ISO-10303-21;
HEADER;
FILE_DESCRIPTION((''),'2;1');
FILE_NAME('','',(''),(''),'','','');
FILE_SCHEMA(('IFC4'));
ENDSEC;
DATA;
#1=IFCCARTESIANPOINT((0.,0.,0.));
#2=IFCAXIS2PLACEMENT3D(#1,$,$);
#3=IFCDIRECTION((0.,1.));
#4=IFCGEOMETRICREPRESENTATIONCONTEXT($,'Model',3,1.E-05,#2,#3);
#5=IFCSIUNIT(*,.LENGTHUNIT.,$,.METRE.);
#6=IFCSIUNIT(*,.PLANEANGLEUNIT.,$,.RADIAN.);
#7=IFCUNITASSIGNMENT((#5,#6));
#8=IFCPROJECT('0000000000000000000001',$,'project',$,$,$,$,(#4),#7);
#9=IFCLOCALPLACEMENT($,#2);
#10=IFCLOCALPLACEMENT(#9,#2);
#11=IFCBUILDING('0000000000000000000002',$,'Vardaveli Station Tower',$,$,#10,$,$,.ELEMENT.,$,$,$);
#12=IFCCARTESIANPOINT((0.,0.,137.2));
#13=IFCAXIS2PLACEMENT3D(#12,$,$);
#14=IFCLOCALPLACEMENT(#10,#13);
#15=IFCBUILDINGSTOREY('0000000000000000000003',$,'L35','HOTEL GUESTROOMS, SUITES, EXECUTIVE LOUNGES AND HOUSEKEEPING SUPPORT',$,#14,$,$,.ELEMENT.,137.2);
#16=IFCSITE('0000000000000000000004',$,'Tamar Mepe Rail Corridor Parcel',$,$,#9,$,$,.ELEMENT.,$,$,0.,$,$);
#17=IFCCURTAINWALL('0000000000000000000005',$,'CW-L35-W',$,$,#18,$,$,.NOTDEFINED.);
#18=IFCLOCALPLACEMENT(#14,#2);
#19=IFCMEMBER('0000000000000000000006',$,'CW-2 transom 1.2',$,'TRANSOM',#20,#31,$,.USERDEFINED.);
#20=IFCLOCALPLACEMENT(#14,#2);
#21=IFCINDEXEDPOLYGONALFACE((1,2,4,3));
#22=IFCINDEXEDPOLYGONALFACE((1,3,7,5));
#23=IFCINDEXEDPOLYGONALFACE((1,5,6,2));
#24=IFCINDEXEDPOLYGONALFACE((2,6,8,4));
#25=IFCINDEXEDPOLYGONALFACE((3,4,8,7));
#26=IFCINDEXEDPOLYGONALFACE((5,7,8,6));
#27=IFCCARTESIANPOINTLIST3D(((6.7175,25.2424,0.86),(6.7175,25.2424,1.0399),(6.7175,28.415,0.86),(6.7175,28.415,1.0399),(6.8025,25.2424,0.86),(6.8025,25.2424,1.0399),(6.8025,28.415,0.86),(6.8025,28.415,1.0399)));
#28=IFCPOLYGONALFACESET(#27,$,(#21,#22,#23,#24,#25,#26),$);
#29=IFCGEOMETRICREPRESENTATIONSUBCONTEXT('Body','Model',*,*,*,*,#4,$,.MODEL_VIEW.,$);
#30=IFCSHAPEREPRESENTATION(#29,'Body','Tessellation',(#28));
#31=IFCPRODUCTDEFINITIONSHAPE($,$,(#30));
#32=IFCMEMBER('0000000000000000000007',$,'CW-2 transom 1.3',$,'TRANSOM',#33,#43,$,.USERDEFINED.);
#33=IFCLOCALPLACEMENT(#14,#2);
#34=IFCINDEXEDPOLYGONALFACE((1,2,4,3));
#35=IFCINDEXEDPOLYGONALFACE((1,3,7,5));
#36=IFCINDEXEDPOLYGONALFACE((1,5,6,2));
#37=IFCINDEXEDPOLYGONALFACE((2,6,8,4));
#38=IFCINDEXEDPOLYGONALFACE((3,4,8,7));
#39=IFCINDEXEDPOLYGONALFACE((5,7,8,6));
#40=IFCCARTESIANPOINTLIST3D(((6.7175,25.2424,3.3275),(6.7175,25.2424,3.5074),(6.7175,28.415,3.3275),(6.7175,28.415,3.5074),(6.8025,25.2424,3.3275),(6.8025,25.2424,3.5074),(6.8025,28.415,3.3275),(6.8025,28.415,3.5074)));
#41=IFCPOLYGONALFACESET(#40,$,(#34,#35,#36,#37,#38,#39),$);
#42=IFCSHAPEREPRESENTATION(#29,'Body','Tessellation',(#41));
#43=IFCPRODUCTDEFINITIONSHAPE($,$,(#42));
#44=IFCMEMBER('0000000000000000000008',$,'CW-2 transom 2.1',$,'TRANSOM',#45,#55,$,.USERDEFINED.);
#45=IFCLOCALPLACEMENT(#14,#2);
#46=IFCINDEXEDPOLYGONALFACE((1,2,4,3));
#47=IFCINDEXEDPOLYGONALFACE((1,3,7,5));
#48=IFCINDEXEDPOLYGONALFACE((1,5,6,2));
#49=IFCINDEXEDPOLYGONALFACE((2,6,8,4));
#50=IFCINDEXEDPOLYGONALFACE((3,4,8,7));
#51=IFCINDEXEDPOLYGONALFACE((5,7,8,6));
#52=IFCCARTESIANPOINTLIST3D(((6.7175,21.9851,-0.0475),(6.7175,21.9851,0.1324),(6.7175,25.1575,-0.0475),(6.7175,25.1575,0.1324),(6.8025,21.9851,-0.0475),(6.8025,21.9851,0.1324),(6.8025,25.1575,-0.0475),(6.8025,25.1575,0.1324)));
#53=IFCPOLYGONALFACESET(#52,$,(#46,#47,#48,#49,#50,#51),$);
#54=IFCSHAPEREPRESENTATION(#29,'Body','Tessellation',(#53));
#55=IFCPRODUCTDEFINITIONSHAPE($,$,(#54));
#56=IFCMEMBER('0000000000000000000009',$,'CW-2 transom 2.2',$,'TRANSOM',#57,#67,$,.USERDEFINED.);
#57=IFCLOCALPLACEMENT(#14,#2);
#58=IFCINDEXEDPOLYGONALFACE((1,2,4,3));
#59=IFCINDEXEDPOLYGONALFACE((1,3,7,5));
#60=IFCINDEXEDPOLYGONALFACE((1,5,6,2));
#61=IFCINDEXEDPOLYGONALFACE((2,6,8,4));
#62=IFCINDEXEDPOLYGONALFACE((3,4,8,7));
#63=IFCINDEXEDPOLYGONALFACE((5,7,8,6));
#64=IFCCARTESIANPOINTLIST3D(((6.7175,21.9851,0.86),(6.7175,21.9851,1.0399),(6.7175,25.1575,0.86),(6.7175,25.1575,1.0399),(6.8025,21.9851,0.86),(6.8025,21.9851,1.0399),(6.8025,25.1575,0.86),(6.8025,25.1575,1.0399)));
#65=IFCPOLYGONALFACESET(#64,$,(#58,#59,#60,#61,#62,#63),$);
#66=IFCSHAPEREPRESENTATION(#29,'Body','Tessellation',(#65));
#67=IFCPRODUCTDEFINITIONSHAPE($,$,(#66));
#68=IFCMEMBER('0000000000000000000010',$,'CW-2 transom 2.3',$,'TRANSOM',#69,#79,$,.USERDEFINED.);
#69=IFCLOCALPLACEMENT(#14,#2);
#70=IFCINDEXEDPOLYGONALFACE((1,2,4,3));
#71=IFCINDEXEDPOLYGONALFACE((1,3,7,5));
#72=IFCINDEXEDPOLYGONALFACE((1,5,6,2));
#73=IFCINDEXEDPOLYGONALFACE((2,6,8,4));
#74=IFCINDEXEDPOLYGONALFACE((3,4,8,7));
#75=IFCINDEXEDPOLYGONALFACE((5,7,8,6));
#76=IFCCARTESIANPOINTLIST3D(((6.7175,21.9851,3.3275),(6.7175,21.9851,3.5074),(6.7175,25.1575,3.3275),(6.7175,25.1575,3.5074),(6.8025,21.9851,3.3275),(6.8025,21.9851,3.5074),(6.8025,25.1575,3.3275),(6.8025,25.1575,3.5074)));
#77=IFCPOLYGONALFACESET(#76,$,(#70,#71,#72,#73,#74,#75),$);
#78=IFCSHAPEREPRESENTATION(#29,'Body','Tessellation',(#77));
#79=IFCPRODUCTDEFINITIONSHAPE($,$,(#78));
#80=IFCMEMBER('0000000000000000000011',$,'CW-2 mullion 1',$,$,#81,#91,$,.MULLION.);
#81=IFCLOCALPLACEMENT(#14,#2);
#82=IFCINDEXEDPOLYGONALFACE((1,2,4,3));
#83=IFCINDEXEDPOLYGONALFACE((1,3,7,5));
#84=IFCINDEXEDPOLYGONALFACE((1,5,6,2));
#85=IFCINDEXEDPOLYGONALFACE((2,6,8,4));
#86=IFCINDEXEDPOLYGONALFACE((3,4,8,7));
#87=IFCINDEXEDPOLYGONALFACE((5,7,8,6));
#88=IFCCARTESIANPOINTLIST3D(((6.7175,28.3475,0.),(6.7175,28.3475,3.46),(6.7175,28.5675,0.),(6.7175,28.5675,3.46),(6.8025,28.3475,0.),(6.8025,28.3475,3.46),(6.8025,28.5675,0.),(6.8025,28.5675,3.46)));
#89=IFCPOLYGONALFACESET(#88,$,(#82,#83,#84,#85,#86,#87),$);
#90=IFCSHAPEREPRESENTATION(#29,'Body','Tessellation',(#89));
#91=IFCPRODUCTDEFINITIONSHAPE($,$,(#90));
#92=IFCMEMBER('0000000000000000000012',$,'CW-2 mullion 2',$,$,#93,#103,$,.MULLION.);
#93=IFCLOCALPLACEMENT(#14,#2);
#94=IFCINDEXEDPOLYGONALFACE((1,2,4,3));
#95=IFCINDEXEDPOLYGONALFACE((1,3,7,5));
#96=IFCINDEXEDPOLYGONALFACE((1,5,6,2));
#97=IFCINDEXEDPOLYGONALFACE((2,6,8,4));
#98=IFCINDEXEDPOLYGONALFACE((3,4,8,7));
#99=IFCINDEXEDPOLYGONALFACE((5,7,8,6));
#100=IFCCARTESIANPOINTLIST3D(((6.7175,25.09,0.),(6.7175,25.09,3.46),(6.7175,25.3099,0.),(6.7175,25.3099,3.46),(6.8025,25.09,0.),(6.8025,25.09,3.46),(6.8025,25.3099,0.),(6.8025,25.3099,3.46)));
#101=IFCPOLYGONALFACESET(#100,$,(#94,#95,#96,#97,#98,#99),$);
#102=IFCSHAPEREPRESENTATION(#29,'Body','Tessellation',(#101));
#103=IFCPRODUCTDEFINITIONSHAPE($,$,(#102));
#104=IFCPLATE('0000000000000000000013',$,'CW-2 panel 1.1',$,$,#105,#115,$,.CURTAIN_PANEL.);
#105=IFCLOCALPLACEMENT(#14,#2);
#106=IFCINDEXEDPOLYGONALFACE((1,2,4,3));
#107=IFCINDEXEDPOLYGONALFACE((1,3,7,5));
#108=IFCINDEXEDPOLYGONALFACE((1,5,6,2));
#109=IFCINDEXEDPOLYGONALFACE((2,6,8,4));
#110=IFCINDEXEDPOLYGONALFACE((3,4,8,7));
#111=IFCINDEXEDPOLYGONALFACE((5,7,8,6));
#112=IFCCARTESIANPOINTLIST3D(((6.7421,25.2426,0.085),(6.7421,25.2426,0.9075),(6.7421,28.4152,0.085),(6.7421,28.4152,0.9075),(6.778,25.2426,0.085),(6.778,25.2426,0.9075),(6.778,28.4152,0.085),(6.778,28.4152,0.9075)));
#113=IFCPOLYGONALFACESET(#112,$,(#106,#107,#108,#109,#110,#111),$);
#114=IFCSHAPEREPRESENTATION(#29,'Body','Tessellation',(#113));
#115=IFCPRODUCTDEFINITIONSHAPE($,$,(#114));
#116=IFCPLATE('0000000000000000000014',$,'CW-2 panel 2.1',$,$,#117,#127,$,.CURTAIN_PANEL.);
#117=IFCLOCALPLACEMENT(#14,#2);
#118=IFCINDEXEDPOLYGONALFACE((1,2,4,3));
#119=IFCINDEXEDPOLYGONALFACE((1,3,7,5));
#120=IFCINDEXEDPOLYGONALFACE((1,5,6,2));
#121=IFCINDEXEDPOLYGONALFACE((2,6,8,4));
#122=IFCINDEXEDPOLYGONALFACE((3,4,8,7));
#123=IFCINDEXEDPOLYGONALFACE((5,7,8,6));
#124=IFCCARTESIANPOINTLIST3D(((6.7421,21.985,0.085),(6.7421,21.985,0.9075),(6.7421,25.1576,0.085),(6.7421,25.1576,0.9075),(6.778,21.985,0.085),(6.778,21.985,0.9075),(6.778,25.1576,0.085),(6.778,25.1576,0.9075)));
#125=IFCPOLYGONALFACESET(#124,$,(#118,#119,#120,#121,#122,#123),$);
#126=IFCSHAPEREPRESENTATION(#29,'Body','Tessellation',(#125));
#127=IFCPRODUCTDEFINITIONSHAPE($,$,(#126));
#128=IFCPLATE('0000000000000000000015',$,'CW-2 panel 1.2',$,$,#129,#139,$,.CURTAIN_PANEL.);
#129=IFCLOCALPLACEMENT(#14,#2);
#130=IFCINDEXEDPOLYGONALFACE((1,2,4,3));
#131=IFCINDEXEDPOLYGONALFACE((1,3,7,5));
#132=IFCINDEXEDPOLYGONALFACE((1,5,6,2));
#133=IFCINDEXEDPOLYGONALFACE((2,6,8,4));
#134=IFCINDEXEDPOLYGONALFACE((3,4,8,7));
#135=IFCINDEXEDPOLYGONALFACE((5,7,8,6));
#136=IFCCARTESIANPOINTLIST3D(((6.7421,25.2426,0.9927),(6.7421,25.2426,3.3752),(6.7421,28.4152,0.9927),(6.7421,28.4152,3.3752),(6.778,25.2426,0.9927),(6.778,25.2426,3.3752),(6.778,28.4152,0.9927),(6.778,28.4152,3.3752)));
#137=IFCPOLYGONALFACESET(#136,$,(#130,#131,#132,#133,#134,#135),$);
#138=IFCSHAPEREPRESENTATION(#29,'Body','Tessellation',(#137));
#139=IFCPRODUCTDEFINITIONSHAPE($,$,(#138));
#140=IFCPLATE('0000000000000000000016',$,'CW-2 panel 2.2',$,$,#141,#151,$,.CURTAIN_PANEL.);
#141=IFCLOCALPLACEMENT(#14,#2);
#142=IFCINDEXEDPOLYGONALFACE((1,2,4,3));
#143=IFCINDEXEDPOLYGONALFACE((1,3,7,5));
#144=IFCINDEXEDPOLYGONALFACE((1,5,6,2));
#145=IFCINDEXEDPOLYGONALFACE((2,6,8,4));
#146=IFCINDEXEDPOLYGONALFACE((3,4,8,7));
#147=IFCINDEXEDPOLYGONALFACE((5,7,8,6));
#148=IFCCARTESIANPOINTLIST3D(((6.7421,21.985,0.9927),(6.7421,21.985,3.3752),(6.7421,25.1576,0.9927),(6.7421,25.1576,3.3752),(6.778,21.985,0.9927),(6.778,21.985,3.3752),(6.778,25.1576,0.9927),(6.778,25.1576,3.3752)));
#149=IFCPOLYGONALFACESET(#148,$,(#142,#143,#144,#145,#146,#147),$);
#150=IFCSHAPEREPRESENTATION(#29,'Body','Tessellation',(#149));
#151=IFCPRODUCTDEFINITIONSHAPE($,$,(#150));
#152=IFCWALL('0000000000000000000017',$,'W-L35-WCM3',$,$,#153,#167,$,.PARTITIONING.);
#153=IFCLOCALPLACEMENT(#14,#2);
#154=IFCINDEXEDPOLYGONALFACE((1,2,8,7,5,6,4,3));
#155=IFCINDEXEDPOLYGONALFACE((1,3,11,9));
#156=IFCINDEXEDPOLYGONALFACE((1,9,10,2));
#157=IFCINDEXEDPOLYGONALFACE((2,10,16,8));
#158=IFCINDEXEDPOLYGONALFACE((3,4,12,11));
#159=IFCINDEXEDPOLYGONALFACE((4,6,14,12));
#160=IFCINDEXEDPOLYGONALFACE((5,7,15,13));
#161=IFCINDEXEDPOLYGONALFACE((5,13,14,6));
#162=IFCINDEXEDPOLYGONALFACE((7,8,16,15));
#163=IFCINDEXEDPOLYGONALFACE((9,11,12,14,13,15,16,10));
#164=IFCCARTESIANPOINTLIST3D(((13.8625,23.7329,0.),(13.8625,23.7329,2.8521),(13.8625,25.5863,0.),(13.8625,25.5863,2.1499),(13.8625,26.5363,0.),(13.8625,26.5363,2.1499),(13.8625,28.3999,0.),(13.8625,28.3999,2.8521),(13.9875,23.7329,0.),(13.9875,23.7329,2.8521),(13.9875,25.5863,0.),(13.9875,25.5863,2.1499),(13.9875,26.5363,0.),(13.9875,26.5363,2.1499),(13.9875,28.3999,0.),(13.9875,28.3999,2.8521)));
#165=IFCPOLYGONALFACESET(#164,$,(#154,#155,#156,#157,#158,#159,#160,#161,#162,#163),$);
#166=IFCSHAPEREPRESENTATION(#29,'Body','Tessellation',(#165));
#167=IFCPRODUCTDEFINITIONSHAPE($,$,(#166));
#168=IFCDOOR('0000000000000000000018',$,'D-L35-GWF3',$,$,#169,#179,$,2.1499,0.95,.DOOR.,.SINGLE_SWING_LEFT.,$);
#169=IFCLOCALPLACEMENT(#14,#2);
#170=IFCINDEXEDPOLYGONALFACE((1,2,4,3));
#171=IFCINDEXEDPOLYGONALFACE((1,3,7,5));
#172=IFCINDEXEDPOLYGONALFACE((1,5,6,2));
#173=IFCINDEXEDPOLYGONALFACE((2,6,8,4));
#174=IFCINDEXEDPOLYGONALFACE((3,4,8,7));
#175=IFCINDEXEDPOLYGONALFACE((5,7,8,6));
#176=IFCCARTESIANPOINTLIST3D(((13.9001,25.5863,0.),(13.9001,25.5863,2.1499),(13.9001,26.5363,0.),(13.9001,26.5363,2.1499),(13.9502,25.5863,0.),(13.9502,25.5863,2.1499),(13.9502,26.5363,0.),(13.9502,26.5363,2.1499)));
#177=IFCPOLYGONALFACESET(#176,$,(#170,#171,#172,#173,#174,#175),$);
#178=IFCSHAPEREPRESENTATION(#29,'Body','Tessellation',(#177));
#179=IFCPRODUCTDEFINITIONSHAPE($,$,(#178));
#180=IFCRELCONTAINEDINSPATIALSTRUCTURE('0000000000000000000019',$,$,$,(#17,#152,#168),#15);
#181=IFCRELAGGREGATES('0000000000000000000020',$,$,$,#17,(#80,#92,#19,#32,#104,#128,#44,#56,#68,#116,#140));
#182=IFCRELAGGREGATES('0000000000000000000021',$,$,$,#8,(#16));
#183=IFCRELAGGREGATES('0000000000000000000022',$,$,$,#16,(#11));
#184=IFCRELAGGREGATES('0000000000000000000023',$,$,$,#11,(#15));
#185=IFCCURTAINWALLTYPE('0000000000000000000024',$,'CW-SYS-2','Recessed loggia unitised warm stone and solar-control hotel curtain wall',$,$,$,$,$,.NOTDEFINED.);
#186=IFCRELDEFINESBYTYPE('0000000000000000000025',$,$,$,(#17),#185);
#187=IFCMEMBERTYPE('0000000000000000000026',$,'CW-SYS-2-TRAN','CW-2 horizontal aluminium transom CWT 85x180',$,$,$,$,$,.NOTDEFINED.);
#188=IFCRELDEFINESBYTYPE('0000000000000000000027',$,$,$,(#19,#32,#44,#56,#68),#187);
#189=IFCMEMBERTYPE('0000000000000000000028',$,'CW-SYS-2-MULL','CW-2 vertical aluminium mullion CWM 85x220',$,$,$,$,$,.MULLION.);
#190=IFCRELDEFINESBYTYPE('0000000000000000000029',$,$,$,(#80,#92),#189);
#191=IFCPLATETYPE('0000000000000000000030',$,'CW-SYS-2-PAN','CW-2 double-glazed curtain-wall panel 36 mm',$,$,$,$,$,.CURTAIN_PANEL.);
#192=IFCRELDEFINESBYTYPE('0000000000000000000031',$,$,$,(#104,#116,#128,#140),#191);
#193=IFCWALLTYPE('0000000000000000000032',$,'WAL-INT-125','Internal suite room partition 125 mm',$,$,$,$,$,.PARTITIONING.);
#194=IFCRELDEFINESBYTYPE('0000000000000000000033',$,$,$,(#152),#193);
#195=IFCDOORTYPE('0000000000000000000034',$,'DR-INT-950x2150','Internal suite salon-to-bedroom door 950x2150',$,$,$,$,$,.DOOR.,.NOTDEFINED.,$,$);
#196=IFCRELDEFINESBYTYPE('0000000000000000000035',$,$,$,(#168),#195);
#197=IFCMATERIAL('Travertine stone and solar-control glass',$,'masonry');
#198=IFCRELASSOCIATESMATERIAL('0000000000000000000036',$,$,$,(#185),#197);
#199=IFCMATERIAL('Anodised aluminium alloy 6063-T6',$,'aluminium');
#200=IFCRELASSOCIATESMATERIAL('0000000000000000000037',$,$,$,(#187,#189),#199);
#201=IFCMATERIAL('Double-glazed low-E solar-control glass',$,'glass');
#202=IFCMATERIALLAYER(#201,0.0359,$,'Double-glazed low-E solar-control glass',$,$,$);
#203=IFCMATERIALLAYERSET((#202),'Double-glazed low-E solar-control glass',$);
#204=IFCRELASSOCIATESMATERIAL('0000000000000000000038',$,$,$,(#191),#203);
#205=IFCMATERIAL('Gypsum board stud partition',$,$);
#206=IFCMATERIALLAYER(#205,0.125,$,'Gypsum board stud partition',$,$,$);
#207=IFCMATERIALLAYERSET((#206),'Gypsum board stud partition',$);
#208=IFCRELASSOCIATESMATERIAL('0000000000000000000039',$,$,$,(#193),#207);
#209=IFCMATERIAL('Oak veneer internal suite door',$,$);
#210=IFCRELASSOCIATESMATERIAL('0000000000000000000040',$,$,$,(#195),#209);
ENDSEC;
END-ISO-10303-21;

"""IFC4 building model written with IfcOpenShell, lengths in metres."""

from ifc_helpers import new_model, si_unit, direction, frame, frame_2d, origin, origin_2d, place, context, subcontext, project, spatial, rectangle, extrude, source, transform, mapped, material, layer, layer_set, material_profile, profile_set, type_object, element, fill, aggregate, save


model = new_model("IFC4")

# Units and contexts
model_context = context("Model", 3, precision=1e-05, world=origin(), true_north=direction((0.0, 1.0)))
body_context = subcontext(model_context, "Body", "Model", "MODEL_VIEW")
ifc_project = project(units=[si_unit("LENGTHUNIT", "METRE"), si_unit("PLANEANGLEUNIT", "RADIAN")], contexts=[model_context])

# Site, building, storey
site_placement = place(None, origin())
site = spatial("IfcSite", under=ifc_project, at=site_placement, Name="Tamar Mepe Rail Corridor Parcel", CompositionType="ELEMENT", RefElevation=0.0)
building_placement = place(site_placement, origin())
building = spatial("IfcBuilding", under=site, at=building_placement, Name="Vardaveli Station Tower", CompositionType="ELEMENT")
storey_placement = place(building_placement, frame((0.0, 0.0, 137.2)))
storey = spatial("IfcBuildingStorey", under=building, at=storey_placement, Name="L35", Description="HOTEL GUESTROOMS, SUITES, EXECUTIVE LOUNGES AND HOUSEKEEPING SUPPORT", CompositionType="ELEMENT", Elevation=137.2)

# Curtain wall, members, plates
ifc_material_1 = material(Name="Travertine stone and solar-control glass", Category="masonry")
curtain_wall_type = type_object("IfcCurtainWallType", Name="CW-SYS-2", Description="Recessed loggia unitised warm stone and solar-control hotel curtain wall", PredefinedType="NOTDEFINED", material=ifc_material_1)
curtain_wall_placement = place(storey_placement, origin())
curtain_wall = element("IfcCurtainWall", 1, at=curtain_wall_placement, inside=storey, type_object=curtain_wall_type, Name="CW-L35-W", PredefinedType="NOTDEFINED")
ifc_material_2 = material(Name="Anodised aluminium alloy 6063-T6", Category="aluminium")
ifc_material_profile_1 = material_profile(ifc_material_2, rectangle(XDim=0.085, YDim=0.1799, at=origin_2d()), Name="CWT 85x180")
ifc_profile_set_1 = profile_set([ifc_material_profile_1], Name="Anodised aluminium alloy 6063-T6")
member_type_1 = type_object("IfcMemberType", Name="CW-SYS-2-TRAN", Description="CW-2 horizontal aluminium transom CWT 85x180", PredefinedType="NOTDEFINED", material=ifc_profile_set_1)
shared_shape_1 = source(origin(), body_context, "Body", "SweptSolid", [
    extrude(rectangle(XDim=0.085, YDim=0.1799, at=origin_2d()), origin(), (0.0, 0.0, 1.0), 3.1726),
])
member_1_placement = place(storey_placement, frame((6.76, 28.415, 0.95), z_axis=(0.0, -1.0, 0.0), x_axis=(1.0, 0.0, 0.0)))
member_1 = element("IfcMember", 2, at=member_1_placement, type_object=member_type_1, Name="CW-2 transom 1.2", ObjectType="TRANSOM", PredefinedType="USERDEFINED", context=body_context, shape_type="MappedRepresentation", body=[
    mapped(shared_shape_1, transform((0.0, 0.0, 0.0), scale=1.0)),
])
member_2_placement = place(storey_placement, frame((6.76, 28.415, 3.4175), z_axis=(0.0, -1.0, 0.0), x_axis=(1.0, 0.0, 0.0)))
member_2 = element("IfcMember", 3, at=member_2_placement, type_object=member_type_1, Name="CW-2 transom 1.3", ObjectType="TRANSOM", PredefinedType="USERDEFINED", context=body_context, shape_type="MappedRepresentation", body=[
    mapped(shared_shape_1, transform((0.0, 0.0, 0.0), scale=1.0)),
])
shared_shape_2 = source(origin(), body_context, "Body", "SweptSolid", [
    extrude(rectangle(XDim=0.085, YDim=0.1799, at=origin_2d()), origin(), (0.0, 0.0, 1.0), 3.1724),
])
member_3_placement = place(storey_placement, frame((6.76, 25.1575, 0.0425), z_axis=(0.0, -1.0, 0.0), x_axis=(1.0, 0.0, 0.0)))
member_3 = element("IfcMember", 4, at=member_3_placement, type_object=member_type_1, Name="CW-2 transom 2.1", ObjectType="TRANSOM", PredefinedType="USERDEFINED", context=body_context, shape_type="MappedRepresentation", body=[
    mapped(shared_shape_2, transform((0.0, 0.0, 0.0), scale=1.0)),
])
member_4_placement = place(storey_placement, frame((6.76, 25.1575, 0.95), z_axis=(0.0, -1.0, 0.0), x_axis=(1.0, 0.0, 0.0)))
member_4 = element("IfcMember", 5, at=member_4_placement, type_object=member_type_1, Name="CW-2 transom 2.2", ObjectType="TRANSOM", PredefinedType="USERDEFINED", context=body_context, shape_type="MappedRepresentation", body=[
    mapped(shared_shape_2, transform((0.0, 0.0, 0.0), scale=1.0)),
])
member_5_placement = place(storey_placement, frame((6.76, 25.1575, 3.4175), z_axis=(0.0, -1.0, 0.0), x_axis=(1.0, 0.0, 0.0)))
member_5 = element("IfcMember", 6, at=member_5_placement, type_object=member_type_1, Name="CW-2 transom 2.3", ObjectType="TRANSOM", PredefinedType="USERDEFINED", context=body_context, shape_type="MappedRepresentation", body=[
    mapped(shared_shape_2, transform((0.0, 0.0, 0.0), scale=1.0)),
])
ifc_material_profile_2 = material_profile(ifc_material_2, rectangle(XDim=0.085, YDim=0.22, at=origin_2d()), Name="CWM 85x220")
ifc_profile_set_2 = profile_set([ifc_material_profile_2], Name="Anodised aluminium alloy 6063-T6")
member_type_2 = type_object("IfcMemberType", Name="CW-SYS-2-MULL", Description="CW-2 vertical aluminium mullion CWM 85x220", PredefinedType="MULLION", material=ifc_profile_set_2)
shared_shape_3 = source(origin(), body_context, "Body", "SweptSolid", [
    extrude(rectangle(XDim=0.085, YDim=0.22, at=origin_2d()), origin(), (0.0, 0.0, 1.0), 3.46),
])
member_6_placement = place(storey_placement, frame((6.76, 28.4575, 0.0), z_axis=(0.0, 0.0, 1.0), x_axis=(1.0, 0.0, 0.0)))
member_6 = element("IfcMember", 7, at=member_6_placement, type_object=member_type_2, Name="CW-2 mullion 1", PredefinedType="MULLION", context=body_context, shape_type="MappedRepresentation", body=[
    mapped(shared_shape_3, transform((0.0, 0.0, 0.0), scale=1.0)),
])
member_7_placement = place(storey_placement, frame((6.76, 25.2, 0.0), z_axis=(0.0, 0.0, 1.0), x_axis=(1.0, 0.0, 0.0)))
member_7 = element("IfcMember", 8, at=member_7_placement, type_object=member_type_2, Name="CW-2 mullion 2", PredefinedType="MULLION", context=body_context, shape_type="MappedRepresentation", body=[
    mapped(shared_shape_3, transform((0.0, 0.0, 0.0), scale=1.0)),
])
ifc_material_3 = material(Name="Double-glazed low-E solar-control glass", Category="glass")
ifc_layer_1 = layer(ifc_material_3, 0.0359, Name="Double-glazed low-E solar-control glass")
ifc_layer_set_1 = layer_set([ifc_layer_1], Name="Double-glazed low-E solar-control glass")
plate_type = type_object("IfcPlateType", Name="CW-SYS-2-PAN", Description="CW-2 double-glazed curtain-wall panel 36 mm", PredefinedType="CURTAIN_PANEL", material=ifc_layer_set_1)
shared_shape_4 = source(origin(), body_context, "Body", "SweptSolid", [
    extrude(rectangle(XDim=3.1726, YDim=0.0359, at=origin_2d()), origin(), (0.0, 0.0, 1.0), 0.8225),
])
plate_1_placement = place(storey_placement, frame((6.76, 26.8289, 0.085), z_axis=(0.0, 0.0, 1.0), x_axis=(0.0, -1.0, 0.0)))
plate_1 = element("IfcPlate", 9, at=plate_1_placement, type_object=plate_type, Name="CW-2 panel 1.1", PredefinedType="CURTAIN_PANEL", context=body_context, shape_type="MappedRepresentation", body=[
    mapped(shared_shape_4, transform((0.0, 0.0, 0.0), scale=1.0)),
])
plate_2_placement = place(storey_placement, frame((6.76, 23.5713, 0.085), z_axis=(0.0, 0.0, 1.0), x_axis=(0.0, -1.0, 0.0)))
plate_2 = element("IfcPlate", 10, at=plate_2_placement, type_object=plate_type, Name="CW-2 panel 2.1", PredefinedType="CURTAIN_PANEL", context=body_context, shape_type="MappedRepresentation", body=[
    mapped(shared_shape_4, transform((0.0, 0.0, 0.0), scale=1.0)),
])
shared_shape_5 = source(origin(), body_context, "Body", "SweptSolid", [
    extrude(rectangle(XDim=3.1726, YDim=0.0359, at=origin_2d()), origin(), (0.0, 0.0, 1.0), 2.3826),
])
plate_3_placement = place(storey_placement, frame((6.76, 26.8289, 0.9927), z_axis=(0.0, 0.0, 1.0), x_axis=(0.0, -1.0, 0.0)))
plate_3 = element("IfcPlate", 11, at=plate_3_placement, type_object=plate_type, Name="CW-2 panel 1.2", PredefinedType="CURTAIN_PANEL", context=body_context, shape_type="MappedRepresentation", body=[
    mapped(shared_shape_5, transform((0.0, 0.0, 0.0), scale=1.0)),
])
plate_4_placement = place(storey_placement, frame((6.76, 23.5713, 0.9927), z_axis=(0.0, 0.0, 1.0), x_axis=(0.0, -1.0, 0.0)))
plate_4 = element("IfcPlate", 12, at=plate_4_placement, type_object=plate_type, Name="CW-2 panel 2.2", PredefinedType="CURTAIN_PANEL", context=body_context, shape_type="MappedRepresentation", body=[
    mapped(shared_shape_5, transform((0.0, 0.0, 0.0), scale=1.0)),
])
aggregate(curtain_wall, [member_6, member_7, member_1, member_2, plate_1, plate_3, member_3, member_4, member_5, plate_2, plate_4])

# Wall, opening, door
ifc_material_4 = material(Name="Gypsum board stud partition")
ifc_layer_2 = layer(ifc_material_4, 0.125, Name="Gypsum board stud partition")
ifc_layer_set_2 = layer_set([ifc_layer_2], Name="Gypsum board stud partition")
wall_type_1 = type_object("IfcWallType", Name="WAL-INT-125", Description="Internal suite room partition 125 mm", PredefinedType="PARTITIONING", material=ifc_layer_set_2)
shared_shape_6 = source(origin(), body_context, "Body", "SweptSolid", [
    extrude(rectangle(XDim=4.667, YDim=0.125, at=frame_2d((2.3335, 0.0))), origin(), (0.0, 0.0, 1.0), 2.8521),
])
wall_1_placement = place(storey_placement, frame((13.925, 23.7329, 0.0), z_axis=(0.0, 0.0, 1.0), x_axis=(0.0, 1.0, 0.0)))
wall_1 = element("IfcWall", 13, at=wall_1_placement, inside=storey, type_object=wall_type_1, Name="W-L35-WCM3", PredefinedType="PARTITIONING", context=body_context, shape_type="MappedRepresentation", body=[
    mapped(shared_shape_6, transform((0.0, 0.0, 0.0), scale=1.0)),
])
shared_shape_7 = source(origin(), body_context, "Body", "SweptSolid", [
    extrude(rectangle(XDim=0.95, YDim=2.1499, at=frame_2d((0.4751, 1.075))), frame((0.0, 0.0725, 0.0), z_axis=(0.0, -1.0, 0.0), x_axis=(1.0, 0.0, 0.0)), (0.0, 0.0, 1.0), 0.145),
])
opening_placement = place(wall_1_placement, frame((1.8533, 0.0, 0.0)))
opening = element("IfcOpeningElement", 14, at=opening_placement, cuts=wall_1, PredefinedType="OPENING", context=body_context, shape_type="MappedRepresentation", body=[
    mapped(shared_shape_7, transform((0.0, 0.0, 0.0), scale=1.0)),
])
ifc_material_5 = material(Name="Oak veneer internal suite door")
door_type = type_object("IfcDoorType", Name="DR-INT-950x2150", Description="Internal suite salon-to-bedroom door 950x2150", OperationType="NOTDEFINED", PredefinedType="DOOR", material=ifc_material_5)
shared_shape_8 = source(origin(), body_context, "Body", "SweptSolid", [
    extrude(rectangle(XDim=0.95, YDim=2.1499, at=frame_2d((0.4751, 1.075))), frame((0.0, 0.0249, 0.0), z_axis=(0.0, -1.0, 0.0), x_axis=(1.0, 0.0, 0.0)), (0.0, 0.0, 1.0), 0.05),
])
door_placement = place(opening_placement, origin())
door = element("IfcDoor", 15, at=door_placement, inside=storey, type_object=door_type, Name="D-L35-GWF3", OperationType="SINGLE_SWING_LEFT", OverallHeight=2.1499, OverallWidth=0.95, PredefinedType="DOOR", context=body_context, shape_type="MappedRepresentation", body=[
    mapped(shared_shape_8, transform((0.0, 0.0, 0.0), scale=1.0)),
])
fill(opening, door)

save(model, "model.ifc")
